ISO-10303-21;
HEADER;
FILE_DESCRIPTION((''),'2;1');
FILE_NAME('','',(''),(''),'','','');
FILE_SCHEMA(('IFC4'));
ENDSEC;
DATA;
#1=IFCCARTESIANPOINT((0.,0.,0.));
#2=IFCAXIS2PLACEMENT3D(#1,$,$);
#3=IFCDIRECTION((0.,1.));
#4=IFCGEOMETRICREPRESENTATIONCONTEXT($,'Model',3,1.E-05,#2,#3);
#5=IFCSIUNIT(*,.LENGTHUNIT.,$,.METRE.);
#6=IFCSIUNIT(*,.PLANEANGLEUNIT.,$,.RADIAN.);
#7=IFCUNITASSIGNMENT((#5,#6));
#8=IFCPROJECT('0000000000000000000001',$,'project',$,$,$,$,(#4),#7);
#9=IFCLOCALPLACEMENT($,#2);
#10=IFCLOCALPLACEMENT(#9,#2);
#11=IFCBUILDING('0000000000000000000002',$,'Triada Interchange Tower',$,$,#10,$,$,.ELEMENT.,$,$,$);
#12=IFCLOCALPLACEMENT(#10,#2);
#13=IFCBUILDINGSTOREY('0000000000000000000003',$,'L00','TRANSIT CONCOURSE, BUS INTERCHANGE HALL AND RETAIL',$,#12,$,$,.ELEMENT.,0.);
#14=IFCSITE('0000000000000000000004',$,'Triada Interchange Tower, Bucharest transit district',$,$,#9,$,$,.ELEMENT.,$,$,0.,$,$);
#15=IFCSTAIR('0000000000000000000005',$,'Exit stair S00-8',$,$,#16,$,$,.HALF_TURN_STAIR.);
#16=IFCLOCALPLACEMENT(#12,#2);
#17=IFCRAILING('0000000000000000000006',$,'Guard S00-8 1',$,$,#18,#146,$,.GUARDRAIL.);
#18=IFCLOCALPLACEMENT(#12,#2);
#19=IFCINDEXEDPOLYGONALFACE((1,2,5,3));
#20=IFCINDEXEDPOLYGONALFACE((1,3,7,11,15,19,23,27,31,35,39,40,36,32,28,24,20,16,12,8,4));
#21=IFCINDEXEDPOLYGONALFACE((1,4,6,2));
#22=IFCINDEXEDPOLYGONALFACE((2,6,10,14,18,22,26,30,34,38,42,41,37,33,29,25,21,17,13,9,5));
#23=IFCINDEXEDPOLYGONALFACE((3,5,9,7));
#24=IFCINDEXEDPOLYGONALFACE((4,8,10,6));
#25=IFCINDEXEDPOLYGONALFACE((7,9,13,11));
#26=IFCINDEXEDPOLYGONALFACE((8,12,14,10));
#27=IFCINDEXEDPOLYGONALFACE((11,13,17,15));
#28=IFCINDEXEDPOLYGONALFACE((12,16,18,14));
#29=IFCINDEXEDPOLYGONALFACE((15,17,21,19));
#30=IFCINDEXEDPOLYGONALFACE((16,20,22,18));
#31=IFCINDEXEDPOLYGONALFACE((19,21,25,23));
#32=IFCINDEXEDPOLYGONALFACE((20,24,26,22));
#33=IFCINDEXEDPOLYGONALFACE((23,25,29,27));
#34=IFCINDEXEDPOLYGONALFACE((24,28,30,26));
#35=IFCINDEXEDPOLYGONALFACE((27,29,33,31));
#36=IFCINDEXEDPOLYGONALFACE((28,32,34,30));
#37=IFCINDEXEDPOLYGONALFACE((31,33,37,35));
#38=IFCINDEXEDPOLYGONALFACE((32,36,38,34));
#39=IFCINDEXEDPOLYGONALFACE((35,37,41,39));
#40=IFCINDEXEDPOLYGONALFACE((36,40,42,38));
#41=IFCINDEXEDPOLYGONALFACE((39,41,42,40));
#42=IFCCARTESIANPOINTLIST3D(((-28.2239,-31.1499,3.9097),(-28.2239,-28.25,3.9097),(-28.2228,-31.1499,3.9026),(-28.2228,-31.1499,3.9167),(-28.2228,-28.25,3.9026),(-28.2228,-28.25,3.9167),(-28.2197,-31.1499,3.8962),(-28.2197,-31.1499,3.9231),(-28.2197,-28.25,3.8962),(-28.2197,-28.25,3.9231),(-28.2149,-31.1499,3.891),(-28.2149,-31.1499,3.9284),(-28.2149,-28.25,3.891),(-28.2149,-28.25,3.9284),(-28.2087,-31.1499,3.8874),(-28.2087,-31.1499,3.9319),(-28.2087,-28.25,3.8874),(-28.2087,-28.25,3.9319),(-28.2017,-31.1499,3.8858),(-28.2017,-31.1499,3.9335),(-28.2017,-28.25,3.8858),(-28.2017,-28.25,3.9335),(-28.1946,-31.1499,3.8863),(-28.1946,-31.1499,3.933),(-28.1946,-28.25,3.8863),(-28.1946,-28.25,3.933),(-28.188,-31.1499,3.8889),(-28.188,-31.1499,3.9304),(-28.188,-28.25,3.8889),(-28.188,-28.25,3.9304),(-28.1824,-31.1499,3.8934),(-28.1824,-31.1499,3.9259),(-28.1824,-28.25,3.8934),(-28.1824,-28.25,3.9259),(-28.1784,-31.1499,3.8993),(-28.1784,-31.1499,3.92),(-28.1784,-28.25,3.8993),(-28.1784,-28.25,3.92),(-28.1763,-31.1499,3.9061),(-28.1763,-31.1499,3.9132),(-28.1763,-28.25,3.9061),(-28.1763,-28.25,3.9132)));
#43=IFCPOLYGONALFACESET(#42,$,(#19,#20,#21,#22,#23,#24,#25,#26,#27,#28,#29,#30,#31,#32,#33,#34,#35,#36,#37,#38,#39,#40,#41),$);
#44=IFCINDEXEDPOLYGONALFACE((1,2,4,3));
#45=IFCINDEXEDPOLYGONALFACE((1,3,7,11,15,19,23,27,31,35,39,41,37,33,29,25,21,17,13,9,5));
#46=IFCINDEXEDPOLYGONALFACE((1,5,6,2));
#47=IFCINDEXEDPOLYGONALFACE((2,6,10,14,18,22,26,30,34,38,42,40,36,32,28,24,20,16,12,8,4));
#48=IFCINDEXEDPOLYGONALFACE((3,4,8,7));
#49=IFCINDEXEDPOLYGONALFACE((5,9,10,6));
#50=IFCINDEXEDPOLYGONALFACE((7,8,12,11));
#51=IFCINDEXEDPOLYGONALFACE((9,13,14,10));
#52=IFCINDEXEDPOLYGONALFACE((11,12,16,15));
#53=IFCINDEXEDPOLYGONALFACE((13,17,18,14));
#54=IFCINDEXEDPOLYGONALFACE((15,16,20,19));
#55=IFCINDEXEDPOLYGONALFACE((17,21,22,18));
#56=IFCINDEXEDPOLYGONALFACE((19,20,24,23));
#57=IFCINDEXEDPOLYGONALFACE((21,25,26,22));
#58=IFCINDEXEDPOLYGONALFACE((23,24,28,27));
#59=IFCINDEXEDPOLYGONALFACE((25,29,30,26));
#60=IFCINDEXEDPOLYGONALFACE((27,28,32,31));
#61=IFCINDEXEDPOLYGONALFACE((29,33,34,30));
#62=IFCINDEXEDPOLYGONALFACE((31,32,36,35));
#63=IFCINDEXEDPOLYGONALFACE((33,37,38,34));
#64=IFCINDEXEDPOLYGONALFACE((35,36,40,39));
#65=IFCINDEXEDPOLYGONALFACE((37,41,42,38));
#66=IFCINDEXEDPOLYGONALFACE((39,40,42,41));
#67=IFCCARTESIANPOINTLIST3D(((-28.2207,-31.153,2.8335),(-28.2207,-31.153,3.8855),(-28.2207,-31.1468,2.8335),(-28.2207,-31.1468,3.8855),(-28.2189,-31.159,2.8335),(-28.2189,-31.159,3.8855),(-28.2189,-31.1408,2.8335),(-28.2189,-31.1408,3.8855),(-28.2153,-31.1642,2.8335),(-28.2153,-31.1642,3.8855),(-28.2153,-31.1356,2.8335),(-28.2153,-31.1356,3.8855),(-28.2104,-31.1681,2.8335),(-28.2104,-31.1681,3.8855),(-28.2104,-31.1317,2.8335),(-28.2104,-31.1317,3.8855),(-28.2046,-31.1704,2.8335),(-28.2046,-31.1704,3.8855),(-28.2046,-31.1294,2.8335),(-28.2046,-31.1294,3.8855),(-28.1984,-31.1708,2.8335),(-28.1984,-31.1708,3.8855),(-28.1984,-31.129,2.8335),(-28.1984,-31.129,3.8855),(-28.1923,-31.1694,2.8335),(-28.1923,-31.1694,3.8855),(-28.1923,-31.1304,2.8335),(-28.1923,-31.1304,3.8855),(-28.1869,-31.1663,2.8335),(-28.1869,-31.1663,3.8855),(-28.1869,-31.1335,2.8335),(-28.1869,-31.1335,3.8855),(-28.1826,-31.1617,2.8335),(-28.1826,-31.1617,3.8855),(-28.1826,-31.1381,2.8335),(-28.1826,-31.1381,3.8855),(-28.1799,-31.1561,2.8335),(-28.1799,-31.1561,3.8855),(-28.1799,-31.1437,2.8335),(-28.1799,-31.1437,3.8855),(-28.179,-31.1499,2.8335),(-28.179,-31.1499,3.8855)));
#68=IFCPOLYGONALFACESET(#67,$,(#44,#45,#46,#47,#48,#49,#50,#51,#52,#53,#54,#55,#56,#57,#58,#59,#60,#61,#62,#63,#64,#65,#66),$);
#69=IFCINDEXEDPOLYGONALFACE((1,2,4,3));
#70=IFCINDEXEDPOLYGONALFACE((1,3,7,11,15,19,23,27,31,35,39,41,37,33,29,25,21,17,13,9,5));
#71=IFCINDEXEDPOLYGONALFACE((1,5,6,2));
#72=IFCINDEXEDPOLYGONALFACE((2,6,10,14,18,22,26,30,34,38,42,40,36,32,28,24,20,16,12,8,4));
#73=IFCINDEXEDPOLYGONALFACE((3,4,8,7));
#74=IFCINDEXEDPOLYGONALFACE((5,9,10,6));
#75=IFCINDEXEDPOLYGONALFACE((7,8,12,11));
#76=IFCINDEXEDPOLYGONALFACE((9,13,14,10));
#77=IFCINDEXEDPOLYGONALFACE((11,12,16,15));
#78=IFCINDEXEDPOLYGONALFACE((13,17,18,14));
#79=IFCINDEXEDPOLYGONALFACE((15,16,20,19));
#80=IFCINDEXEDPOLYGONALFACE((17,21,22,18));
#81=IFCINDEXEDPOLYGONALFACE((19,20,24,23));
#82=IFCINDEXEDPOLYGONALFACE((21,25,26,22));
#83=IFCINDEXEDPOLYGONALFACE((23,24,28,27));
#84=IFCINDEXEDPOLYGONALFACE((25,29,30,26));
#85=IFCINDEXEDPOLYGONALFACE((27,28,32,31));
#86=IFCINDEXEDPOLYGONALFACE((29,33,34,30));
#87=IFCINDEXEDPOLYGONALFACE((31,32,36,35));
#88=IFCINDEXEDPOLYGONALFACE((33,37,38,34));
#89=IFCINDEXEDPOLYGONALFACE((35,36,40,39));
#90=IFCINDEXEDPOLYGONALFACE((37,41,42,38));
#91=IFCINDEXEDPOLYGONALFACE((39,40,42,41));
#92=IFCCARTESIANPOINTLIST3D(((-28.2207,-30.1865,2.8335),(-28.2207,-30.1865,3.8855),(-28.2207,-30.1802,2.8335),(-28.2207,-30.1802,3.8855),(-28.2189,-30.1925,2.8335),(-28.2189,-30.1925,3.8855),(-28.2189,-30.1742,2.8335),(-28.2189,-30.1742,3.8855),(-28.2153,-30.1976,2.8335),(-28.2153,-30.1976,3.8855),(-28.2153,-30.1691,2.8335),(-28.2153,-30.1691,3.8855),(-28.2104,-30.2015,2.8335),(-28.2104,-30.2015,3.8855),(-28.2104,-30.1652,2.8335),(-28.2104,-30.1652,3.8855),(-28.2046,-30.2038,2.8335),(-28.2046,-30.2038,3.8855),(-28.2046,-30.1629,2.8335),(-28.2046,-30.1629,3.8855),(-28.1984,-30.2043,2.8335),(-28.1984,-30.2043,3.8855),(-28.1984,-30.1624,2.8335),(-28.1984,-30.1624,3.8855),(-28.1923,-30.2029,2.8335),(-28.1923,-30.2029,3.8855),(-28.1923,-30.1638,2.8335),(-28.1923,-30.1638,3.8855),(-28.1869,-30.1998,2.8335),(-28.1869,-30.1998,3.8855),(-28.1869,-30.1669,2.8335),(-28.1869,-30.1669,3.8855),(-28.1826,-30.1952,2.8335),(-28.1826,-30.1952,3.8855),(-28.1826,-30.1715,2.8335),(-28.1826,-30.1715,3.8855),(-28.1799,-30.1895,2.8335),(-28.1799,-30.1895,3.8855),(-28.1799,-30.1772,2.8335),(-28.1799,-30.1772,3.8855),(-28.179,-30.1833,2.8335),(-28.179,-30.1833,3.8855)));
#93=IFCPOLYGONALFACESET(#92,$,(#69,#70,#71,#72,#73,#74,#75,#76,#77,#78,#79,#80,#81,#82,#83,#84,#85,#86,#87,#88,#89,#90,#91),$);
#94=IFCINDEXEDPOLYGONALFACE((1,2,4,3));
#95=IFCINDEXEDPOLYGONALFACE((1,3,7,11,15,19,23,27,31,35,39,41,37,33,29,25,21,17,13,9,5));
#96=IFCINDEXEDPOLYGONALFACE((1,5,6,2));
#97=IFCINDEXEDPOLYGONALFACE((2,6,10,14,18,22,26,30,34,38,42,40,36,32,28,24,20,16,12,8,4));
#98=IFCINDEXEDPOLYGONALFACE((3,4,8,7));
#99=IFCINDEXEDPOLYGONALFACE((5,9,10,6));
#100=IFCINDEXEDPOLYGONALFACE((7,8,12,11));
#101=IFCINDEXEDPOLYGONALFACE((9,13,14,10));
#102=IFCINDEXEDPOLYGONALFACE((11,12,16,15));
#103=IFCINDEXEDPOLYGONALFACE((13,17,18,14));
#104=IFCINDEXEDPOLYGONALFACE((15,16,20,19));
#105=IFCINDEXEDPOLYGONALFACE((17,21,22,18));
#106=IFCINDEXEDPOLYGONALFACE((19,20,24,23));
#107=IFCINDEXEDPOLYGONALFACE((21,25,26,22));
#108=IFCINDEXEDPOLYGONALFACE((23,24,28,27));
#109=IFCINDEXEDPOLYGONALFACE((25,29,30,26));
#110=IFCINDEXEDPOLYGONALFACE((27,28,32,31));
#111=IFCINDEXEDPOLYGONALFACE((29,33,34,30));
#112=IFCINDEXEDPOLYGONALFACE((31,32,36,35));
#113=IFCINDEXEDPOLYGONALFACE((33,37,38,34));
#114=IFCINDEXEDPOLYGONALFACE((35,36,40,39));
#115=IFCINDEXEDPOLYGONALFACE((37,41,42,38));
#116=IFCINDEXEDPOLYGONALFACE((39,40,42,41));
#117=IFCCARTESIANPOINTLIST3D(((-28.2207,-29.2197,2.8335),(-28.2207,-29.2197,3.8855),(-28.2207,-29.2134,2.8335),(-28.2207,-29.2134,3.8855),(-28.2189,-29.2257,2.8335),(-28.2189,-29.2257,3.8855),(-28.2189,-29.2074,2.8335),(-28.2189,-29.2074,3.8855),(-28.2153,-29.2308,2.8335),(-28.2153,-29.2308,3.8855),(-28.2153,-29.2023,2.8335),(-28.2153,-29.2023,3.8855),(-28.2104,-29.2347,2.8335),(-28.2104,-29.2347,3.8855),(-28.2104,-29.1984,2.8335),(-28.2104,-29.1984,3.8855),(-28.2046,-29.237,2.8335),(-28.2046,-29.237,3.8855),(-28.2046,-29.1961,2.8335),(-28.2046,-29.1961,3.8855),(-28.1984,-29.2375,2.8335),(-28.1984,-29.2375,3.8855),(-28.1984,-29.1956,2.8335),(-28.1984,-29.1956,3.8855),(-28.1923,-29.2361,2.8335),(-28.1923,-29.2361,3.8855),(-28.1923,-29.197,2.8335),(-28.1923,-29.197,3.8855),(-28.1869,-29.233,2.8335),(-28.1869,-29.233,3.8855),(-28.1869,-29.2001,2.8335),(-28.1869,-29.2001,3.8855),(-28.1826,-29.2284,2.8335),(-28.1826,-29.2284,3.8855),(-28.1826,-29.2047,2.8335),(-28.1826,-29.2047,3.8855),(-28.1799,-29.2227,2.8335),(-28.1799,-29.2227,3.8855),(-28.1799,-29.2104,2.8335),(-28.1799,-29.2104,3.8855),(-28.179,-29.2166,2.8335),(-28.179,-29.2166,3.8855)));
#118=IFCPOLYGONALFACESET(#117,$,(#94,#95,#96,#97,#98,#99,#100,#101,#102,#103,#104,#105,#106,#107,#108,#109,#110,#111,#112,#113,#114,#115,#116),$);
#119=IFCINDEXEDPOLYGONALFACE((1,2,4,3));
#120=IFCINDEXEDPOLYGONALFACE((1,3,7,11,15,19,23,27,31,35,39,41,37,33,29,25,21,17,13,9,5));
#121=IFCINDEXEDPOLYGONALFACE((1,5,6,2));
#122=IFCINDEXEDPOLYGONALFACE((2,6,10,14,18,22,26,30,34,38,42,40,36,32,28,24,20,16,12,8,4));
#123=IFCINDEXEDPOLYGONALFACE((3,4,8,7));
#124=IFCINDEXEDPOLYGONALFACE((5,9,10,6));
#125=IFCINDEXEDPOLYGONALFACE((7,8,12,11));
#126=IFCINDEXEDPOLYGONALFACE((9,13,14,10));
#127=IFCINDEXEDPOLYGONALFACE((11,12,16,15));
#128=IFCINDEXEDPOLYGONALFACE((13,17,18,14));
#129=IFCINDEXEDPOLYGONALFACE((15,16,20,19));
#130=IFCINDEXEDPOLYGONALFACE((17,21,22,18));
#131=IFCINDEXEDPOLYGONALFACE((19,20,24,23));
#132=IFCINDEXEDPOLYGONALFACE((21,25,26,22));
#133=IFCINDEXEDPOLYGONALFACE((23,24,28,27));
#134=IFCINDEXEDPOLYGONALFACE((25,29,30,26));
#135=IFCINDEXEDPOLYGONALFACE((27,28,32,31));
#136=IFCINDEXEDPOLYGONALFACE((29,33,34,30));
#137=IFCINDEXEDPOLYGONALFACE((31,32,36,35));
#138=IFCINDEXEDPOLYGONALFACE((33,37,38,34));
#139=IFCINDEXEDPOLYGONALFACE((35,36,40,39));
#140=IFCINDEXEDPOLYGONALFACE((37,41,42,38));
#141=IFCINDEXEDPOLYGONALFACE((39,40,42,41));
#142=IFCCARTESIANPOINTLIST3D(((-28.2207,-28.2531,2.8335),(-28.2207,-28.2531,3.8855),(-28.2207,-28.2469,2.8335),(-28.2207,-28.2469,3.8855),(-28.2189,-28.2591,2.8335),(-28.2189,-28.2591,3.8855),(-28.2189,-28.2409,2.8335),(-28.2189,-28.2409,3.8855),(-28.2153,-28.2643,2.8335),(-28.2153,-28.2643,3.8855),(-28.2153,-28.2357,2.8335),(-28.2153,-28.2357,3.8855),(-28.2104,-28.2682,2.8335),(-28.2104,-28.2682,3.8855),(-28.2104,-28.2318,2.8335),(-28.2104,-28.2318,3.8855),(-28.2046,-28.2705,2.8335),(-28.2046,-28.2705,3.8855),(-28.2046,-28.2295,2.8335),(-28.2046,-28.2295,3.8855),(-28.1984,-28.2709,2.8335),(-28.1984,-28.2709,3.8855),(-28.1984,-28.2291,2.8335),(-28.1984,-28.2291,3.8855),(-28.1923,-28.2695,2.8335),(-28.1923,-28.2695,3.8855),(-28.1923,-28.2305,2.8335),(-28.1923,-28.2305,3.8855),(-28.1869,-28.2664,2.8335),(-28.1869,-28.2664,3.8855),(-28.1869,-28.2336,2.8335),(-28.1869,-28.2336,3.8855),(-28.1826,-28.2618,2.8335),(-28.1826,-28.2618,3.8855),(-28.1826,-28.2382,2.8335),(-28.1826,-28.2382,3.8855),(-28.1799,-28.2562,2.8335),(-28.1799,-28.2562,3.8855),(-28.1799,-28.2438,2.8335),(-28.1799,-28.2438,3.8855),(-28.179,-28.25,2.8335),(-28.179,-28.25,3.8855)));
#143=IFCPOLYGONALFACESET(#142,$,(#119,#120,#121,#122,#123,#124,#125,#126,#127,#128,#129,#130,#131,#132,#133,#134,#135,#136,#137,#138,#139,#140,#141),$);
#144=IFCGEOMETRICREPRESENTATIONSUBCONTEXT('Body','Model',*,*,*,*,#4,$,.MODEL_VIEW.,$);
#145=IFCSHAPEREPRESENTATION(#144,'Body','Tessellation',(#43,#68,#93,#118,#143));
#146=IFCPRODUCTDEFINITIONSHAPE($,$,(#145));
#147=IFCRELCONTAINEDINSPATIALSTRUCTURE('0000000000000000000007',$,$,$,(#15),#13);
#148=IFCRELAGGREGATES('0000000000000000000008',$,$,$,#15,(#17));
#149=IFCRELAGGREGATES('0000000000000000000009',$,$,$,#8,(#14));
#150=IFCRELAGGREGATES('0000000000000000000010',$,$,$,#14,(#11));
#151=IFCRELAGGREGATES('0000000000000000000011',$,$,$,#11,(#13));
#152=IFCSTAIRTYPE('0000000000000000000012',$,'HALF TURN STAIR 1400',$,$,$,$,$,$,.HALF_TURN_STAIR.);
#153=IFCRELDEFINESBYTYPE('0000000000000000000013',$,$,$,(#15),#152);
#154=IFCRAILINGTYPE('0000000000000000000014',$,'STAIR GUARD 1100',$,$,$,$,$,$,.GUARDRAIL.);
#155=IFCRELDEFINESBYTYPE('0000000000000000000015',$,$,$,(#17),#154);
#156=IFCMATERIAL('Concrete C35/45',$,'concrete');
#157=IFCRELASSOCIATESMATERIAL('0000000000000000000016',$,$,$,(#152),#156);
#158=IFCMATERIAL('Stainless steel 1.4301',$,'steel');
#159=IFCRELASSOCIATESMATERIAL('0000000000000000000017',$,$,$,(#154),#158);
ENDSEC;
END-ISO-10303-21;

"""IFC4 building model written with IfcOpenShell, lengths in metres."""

from ifc_helpers import new_model, si_unit, direction, frame, origin, origin_2d, place, context, subcontext, project, spatial, circle, extrude, material, type_object, element, aggregate, save


model = new_model("IFC4")

# Units and contexts
model_context = context("Model", 3, precision=1e-05, world=origin(), true_north=direction((0.0, 1.0)))
body_context = subcontext(model_context, "Body", "Model", "MODEL_VIEW")
ifc_project = project(units=[si_unit("LENGTHUNIT", "METRE"), si_unit("PLANEANGLEUNIT", "RADIAN")], contexts=[model_context])

# Site, building, storey
site_placement = place(None, origin())
site = spatial("IfcSite", under=ifc_project, at=site_placement, Name="Triada Interchange Tower, Bucharest transit district", CompositionType="ELEMENT", RefElevation=0.0)
building_placement = place(site_placement, origin())
building = spatial("IfcBuilding", under=site, at=building_placement, Name="Triada Interchange Tower", CompositionType="ELEMENT")
storey_placement = place(building_placement, origin())
storey = spatial("IfcBuildingStorey", under=building, at=storey_placement, Name="L00", Description="TRANSIT CONCOURSE, BUS INTERCHANGE HALL AND RETAIL", CompositionType="ELEMENT", Elevation=0.0)

# Shared definitions
ifc_material_1 = material(Name="Concrete C35/45", Category="concrete")

# Stair, railing
stair_type = type_object("IfcStairType", Name="HALF TURN STAIR 1400", PredefinedType="HALF_TURN_STAIR", material=ifc_material_1)
stair_placement = place(storey_placement, origin())
stair = element("IfcStair", 1, at=stair_placement, inside=storey, type_object=stair_type, Name="Exit stair S00-8", PredefinedType="HALF_TURN_STAIR")
ifc_material_2 = material(Name="Stainless steel 1.4301", Category="steel")
railing_type_1 = type_object("IfcRailingType", Name="STAIR GUARD 1100", PredefinedType="GUARDRAIL", material=ifc_material_2)
railing_1_placement = place(storey_placement, frame((-28.2, -31.1499, 2.8335)))
railing_1 = element("IfcRailing", 2, at=railing_1_placement, type_object=railing_type_1, Name="Guard S00-8 1", PredefinedType="GUARDRAIL", context=body_context, shape_type="SweptSolid", body=[
    extrude(circle(Radius=0.0239, at=origin_2d()), frame((0.0, 0.0, 1.0762), z_axis=(0.0, 1.0, 0.0), x_axis=(-1.0, 0.0, 0.0)), (0.0, 0.0, 1.0), 2.8999),
    extrude(circle(Radius=0.021, at=origin_2d()), origin(), (0.0, 0.0, 1.0), 1.052),
    extrude(circle(Radius=0.021, at=origin_2d()), frame((0.0, 0.9666, 0.0)), (0.0, 0.0, 1.0), 1.052),
    extrude(circle(Radius=0.021, at=origin_2d()), frame((0.0, 1.9333, 0.0)), (0.0, 0.0, 1.0), 1.052),
    extrude(circle(Radius=0.021, at=origin_2d()), frame((0.0, 2.8999, 0.0)), (0.0, 0.0, 1.0), 1.052),
])
aggregate(stair, [railing_1])

save(model, "model.ifc")
